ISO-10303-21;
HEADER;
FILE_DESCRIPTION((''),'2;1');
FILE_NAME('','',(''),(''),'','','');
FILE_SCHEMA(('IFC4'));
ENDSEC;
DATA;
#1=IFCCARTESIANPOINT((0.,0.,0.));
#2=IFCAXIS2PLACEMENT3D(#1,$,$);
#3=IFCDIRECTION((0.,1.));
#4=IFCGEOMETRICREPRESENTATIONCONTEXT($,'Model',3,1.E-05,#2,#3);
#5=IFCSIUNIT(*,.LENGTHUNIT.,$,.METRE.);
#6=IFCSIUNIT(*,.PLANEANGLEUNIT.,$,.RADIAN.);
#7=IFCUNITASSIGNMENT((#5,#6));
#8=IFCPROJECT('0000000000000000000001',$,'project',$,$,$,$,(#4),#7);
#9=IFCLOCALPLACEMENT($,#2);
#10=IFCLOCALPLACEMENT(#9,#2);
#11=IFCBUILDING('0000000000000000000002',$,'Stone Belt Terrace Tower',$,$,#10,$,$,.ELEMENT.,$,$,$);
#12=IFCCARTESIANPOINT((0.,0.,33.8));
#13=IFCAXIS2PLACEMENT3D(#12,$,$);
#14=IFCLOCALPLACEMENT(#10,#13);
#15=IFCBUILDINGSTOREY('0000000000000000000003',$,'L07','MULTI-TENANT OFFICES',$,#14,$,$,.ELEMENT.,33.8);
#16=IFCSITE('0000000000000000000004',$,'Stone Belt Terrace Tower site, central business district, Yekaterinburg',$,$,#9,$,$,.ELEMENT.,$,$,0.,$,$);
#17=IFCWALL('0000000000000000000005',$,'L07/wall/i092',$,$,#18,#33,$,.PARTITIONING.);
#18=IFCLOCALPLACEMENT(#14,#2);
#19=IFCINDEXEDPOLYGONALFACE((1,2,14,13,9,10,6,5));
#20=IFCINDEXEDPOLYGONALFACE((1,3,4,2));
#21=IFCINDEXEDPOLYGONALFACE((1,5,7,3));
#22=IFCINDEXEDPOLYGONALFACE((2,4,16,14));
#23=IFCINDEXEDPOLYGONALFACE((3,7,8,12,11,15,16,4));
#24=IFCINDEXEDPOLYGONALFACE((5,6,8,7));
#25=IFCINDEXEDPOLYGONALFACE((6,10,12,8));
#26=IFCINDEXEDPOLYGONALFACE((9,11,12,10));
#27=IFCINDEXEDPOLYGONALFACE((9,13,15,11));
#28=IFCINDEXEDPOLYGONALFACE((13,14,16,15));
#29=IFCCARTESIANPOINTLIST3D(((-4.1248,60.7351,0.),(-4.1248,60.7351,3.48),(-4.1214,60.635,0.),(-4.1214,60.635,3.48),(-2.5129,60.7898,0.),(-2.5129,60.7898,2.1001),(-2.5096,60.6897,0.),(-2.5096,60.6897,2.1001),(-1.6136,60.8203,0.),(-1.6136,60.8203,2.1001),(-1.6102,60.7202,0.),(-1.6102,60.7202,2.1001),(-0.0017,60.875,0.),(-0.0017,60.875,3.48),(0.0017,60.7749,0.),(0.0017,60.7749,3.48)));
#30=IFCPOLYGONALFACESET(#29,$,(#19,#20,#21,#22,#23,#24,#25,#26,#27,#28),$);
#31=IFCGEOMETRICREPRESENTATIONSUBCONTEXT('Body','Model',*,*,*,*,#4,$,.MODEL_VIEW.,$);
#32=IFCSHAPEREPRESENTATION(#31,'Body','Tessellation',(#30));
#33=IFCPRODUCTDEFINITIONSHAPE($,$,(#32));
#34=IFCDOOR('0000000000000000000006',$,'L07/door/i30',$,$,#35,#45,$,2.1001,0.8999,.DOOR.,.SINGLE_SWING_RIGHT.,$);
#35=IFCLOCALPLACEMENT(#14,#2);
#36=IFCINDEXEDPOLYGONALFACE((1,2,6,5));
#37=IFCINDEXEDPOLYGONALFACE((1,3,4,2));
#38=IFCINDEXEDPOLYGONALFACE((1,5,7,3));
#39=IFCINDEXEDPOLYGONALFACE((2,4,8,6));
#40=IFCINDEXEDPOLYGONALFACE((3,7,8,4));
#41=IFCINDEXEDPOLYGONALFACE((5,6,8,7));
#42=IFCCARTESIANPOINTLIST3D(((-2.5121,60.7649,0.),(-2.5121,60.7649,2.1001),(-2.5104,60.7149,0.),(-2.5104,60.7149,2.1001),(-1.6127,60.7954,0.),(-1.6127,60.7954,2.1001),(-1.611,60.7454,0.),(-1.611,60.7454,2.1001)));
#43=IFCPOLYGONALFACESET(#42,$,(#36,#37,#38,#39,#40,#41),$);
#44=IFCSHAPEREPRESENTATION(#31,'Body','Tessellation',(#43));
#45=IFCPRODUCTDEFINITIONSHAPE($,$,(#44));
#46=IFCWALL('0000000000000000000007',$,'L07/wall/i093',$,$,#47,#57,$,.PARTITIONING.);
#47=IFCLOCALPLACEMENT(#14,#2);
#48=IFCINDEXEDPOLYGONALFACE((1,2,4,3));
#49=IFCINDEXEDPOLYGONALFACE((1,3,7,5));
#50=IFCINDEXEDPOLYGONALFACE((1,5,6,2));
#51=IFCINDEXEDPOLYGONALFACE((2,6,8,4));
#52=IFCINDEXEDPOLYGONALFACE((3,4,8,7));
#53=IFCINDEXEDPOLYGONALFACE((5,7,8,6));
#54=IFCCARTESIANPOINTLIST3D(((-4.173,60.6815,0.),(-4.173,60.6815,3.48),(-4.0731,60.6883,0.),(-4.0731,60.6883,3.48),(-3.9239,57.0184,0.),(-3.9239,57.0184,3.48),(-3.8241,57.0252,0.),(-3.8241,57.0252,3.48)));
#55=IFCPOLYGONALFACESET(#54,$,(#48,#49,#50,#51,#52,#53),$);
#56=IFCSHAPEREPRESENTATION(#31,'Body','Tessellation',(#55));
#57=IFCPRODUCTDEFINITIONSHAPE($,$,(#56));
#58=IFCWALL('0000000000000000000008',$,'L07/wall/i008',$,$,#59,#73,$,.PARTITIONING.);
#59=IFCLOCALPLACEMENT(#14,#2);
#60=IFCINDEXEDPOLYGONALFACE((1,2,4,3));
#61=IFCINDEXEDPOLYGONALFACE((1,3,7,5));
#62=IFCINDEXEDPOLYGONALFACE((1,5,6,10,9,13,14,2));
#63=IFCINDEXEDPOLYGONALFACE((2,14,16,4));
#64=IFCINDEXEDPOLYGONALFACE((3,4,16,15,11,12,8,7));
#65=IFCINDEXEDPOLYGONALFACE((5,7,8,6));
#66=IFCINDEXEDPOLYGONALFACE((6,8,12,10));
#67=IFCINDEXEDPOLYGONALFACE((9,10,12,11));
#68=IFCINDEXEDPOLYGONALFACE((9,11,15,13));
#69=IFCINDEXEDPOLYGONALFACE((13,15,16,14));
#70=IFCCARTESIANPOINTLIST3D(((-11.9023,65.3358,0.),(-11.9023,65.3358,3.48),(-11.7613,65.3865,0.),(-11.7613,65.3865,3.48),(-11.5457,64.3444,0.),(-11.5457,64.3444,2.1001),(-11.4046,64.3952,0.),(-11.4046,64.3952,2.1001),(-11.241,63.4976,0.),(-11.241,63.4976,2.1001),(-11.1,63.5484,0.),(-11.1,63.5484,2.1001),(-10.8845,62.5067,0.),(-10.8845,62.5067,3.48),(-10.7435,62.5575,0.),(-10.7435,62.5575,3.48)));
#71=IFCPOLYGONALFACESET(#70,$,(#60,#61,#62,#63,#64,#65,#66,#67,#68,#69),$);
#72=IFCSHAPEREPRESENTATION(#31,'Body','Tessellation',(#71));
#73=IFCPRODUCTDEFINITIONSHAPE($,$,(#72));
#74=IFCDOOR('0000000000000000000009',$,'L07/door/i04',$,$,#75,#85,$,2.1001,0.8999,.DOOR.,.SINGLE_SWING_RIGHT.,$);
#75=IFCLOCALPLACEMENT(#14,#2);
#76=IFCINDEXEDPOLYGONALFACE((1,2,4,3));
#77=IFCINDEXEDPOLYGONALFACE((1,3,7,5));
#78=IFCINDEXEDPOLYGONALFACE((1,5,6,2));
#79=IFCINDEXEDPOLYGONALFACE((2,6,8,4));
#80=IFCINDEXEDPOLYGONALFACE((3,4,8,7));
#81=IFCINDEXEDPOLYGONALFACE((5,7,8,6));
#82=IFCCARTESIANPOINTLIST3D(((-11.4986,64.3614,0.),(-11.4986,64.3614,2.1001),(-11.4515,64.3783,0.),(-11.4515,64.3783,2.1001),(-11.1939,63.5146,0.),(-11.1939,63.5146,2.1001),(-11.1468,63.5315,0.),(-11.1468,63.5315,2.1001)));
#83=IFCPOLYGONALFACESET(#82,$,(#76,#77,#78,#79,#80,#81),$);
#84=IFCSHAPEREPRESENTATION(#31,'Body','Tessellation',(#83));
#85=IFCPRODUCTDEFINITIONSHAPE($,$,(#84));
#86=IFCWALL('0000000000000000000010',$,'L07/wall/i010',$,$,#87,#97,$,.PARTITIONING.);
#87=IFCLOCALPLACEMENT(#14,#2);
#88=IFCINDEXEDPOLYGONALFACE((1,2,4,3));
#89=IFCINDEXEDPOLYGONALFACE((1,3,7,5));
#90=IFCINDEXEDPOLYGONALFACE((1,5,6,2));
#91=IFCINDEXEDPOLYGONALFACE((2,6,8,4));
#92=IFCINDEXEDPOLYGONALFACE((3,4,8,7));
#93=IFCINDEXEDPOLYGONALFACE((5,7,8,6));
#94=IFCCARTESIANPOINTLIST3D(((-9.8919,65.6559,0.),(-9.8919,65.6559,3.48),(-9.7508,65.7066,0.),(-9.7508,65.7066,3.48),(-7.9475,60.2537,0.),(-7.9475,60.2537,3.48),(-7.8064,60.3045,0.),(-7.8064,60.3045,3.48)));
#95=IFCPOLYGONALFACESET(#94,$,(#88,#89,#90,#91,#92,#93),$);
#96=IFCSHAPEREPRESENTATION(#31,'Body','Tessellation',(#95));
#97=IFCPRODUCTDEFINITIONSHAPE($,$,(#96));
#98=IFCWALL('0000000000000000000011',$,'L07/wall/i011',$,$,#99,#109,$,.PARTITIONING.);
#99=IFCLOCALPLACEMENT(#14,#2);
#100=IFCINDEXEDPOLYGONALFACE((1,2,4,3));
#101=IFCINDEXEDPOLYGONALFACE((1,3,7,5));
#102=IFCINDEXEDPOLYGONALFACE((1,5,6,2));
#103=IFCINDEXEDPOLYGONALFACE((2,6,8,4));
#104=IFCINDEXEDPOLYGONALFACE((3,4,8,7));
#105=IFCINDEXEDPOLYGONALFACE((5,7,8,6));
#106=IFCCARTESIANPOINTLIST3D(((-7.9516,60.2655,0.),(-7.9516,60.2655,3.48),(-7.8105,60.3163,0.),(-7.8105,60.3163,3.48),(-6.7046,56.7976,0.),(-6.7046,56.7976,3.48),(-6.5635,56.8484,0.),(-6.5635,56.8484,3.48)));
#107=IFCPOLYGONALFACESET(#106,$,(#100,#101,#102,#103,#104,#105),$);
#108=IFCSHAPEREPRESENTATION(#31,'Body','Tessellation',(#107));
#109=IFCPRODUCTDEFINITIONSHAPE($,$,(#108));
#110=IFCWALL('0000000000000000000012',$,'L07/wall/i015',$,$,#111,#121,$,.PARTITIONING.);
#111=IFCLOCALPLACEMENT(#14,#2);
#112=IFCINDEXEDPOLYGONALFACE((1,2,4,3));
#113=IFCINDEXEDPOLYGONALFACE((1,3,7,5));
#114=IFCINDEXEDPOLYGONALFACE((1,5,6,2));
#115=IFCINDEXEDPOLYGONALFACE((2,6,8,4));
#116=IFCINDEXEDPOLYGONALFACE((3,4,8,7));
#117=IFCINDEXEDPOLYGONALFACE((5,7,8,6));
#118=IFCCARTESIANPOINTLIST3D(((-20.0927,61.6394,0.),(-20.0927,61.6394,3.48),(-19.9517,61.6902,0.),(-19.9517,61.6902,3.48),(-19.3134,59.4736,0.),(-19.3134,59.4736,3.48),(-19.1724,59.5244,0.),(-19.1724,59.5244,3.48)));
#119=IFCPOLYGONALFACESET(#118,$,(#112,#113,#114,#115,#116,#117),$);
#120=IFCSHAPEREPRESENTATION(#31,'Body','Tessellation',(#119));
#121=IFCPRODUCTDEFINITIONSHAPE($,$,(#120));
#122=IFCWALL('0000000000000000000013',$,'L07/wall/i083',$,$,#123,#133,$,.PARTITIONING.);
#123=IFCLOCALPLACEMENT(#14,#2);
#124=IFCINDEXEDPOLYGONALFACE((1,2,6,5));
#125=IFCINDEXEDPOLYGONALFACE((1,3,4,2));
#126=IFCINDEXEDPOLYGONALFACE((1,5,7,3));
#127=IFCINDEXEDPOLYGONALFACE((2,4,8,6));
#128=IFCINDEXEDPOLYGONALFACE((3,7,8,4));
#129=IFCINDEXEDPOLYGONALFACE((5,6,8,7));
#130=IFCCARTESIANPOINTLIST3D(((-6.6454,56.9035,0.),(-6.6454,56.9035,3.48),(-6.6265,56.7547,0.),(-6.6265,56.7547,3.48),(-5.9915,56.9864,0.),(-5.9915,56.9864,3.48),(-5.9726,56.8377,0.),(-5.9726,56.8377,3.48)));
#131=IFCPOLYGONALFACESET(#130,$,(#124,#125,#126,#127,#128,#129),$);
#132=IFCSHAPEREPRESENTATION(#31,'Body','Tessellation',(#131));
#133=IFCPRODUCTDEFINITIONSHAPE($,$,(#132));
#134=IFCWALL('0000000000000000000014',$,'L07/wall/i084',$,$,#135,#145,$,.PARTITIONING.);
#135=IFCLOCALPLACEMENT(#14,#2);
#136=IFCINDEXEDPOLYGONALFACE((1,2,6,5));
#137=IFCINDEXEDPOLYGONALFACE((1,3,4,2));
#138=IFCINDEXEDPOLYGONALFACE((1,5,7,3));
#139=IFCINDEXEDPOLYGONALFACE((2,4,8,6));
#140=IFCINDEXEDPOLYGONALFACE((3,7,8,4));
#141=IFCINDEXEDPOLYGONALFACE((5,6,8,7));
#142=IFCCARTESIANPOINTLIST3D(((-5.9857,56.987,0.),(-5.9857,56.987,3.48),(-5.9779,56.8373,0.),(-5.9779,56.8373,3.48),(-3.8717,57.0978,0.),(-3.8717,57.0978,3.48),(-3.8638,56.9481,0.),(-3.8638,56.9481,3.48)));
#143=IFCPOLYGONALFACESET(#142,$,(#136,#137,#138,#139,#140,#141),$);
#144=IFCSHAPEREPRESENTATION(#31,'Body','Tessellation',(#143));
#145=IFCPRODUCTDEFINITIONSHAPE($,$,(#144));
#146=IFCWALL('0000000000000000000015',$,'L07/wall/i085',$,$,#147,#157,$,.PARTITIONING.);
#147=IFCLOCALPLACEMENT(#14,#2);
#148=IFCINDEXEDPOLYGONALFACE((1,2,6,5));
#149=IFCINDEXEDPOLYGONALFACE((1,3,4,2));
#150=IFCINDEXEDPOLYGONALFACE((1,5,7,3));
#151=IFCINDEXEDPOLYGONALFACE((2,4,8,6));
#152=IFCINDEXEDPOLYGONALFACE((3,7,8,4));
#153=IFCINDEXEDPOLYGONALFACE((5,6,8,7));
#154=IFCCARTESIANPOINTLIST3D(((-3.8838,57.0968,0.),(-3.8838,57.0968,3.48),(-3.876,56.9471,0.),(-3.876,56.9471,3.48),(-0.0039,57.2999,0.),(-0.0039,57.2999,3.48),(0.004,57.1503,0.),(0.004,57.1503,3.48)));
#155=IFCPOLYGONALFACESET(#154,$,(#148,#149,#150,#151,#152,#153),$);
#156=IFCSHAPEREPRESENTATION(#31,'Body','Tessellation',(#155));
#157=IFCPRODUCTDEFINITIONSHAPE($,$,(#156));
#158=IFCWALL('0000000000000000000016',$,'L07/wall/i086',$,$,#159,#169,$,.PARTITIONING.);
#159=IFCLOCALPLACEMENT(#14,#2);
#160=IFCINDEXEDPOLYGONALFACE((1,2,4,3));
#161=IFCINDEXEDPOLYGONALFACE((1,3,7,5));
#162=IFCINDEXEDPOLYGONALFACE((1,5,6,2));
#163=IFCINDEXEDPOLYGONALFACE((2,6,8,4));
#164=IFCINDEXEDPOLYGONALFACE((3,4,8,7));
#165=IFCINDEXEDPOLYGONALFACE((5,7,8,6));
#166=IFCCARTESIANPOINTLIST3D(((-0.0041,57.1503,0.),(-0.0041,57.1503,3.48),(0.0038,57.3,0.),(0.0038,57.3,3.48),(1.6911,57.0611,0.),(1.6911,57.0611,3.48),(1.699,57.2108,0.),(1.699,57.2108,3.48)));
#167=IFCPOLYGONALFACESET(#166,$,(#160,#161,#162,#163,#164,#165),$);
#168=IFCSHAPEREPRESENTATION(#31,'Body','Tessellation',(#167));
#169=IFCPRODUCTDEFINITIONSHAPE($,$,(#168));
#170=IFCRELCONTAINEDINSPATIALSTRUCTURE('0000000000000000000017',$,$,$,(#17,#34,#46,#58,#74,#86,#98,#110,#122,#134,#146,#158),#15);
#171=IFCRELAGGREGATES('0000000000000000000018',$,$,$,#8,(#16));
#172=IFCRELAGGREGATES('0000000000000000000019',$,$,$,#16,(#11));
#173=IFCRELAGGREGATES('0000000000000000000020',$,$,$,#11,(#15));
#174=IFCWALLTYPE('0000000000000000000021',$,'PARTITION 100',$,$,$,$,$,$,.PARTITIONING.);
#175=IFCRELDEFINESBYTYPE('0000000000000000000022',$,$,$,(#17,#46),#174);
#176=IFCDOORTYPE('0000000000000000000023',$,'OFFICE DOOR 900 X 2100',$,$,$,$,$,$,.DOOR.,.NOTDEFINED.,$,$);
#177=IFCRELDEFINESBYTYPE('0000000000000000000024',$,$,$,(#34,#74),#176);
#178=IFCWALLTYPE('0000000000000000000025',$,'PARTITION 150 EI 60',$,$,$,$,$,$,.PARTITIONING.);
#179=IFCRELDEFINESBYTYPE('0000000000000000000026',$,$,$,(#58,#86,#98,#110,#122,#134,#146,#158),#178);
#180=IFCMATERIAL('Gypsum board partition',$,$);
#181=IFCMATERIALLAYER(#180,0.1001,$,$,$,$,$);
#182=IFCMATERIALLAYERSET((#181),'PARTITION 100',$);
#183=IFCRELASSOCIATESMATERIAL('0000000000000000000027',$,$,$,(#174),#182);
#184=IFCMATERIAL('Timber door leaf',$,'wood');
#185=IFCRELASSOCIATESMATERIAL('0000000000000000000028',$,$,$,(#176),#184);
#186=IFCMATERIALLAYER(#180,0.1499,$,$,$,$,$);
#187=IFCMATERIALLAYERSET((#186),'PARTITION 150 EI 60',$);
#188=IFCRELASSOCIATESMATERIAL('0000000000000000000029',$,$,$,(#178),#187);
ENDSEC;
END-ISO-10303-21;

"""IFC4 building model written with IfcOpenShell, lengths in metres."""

from ifc_helpers import new_model, si_unit, direction, frame, frame_2d, origin, place, context, subcontext, project, spatial, rectangle, extrude, material, layer, layer_set, type_object, element, fill, save


model = new_model("IFC4")

# Units and contexts
model_context = context("Model", 3, precision=1e-05, world=origin(), true_north=direction((0.0, 1.0)))
body_context = subcontext(model_context, "Body", "Model", "MODEL_VIEW")
ifc_project = project(units=[si_unit("LENGTHUNIT", "METRE"), si_unit("PLANEANGLEUNIT", "RADIAN")], contexts=[model_context])

# Site, building, storey
site_placement = place(None, origin())
site = spatial("IfcSite", under=ifc_project, at=site_placement, Name="Stone Belt Terrace Tower site, central business district, Yekaterinburg", CompositionType="ELEMENT", RefElevation=0.0)
building_placement = place(site_placement, origin())
building = spatial("IfcBuilding", under=site, at=building_placement, Name="Stone Belt Terrace Tower", CompositionType="ELEMENT")
storey_placement = place(building_placement, frame((0.0, 0.0, 33.8)))
storey = spatial("IfcBuildingStorey", under=building, at=storey_placement, Name="L07", Description="MULTI-TENANT OFFICES", CompositionType="ELEMENT", Elevation=33.8)

# Shared definitions
ifc_material_1 = material(Name="Gypsum board partition")
ifc_layer_1 = layer(ifc_material_1, 0.1001)
ifc_layer_set_1 = layer_set([ifc_layer_1], Name="PARTITION 100")
wall_type_1 = type_object("IfcWallType", Name="PARTITION 100", PredefinedType="PARTITIONING", material=ifc_layer_set_1)
ifc_material_2 = material(Name="Timber door leaf", Category="wood")
door_type = type_object("IfcDoorType", Name="OFFICE DOOR 900 X 2100", OperationType="NOTDEFINED", PredefinedType="DOOR", material=ifc_material_2)

# Wall, opening, door
wall_1_placement = place(storey_placement, frame((0.0, 60.825, 0.0), z_axis=(0.0, 0.0, 1.0), x_axis=(-0.999425, -0.03391, 0.0)))
wall_1 = element("IfcWall", 1, at=wall_1_placement, inside=storey, type_object=wall_type_1, Name="L07/wall/i092", PredefinedType="PARTITIONING", context=body_context, shape_type="SweptSolid", body=[
    extrude(rectangle(XDim=4.1255, YDim=0.1001, at=frame_2d((2.0627, 0.0))), origin(), (0.0, 0.0, 1.0), 3.48),
])
opening_1_placement = place(wall_1_placement, frame((1.6128, 0.0, 0.0)))
opening_1 = element("IfcOpeningElement", 2, at=opening_1_placement, cuts=wall_1, PredefinedType="OPENING", context=body_context, shape_type="SweptSolid", body=[
    extrude(rectangle(XDim=0.8999, YDim=2.1001, at=frame_2d((0.45, 1.05))), frame((0.0, 0.0601, 0.0), z_axis=(0.0, -1.0, 0.0), x_axis=(1.0, 0.0, 0.0)), (0.0, 0.0, 1.0), 0.1201),
])
door_1_placement = place(opening_1_placement, origin())
door_1 = element("IfcDoor", 3, at=door_1_placement, inside=storey, type_object=door_type, Name="L07/door/i30", OperationType="SINGLE_SWING_RIGHT", OverallHeight=2.1001, OverallWidth=0.8999, PredefinedType="DOOR", context=body_context, shape_type="SweptSolid", body=[
    extrude(rectangle(XDim=0.8999, YDim=2.1001, at=frame_2d((0.45, 1.05))), frame((0.0, 0.0249, 0.0), z_axis=(0.0, -1.0, 0.0), x_axis=(1.0, 0.0, 0.0)), (0.0, 0.0, 1.0), 0.05),
])
fill(opening_1, door_1)

# Wall
wall_2_placement = place(storey_placement, frame((-4.123, 60.6851, 0.0), z_axis=(0.0, 0.0, 1.0), x_axis=(0.067825, -0.997697, 0.0)))
element("IfcWall", 4, at=wall_2_placement, inside=storey, type_object=wall_type_1, Name="L07/wall/i093", PredefinedType="PARTITIONING", context=body_context, shape_type="SweptSolid", body=[
    extrude(rectangle(XDim=3.6716, YDim=0.1001, at=frame_2d((1.8359, 0.0))), origin(), (0.0, 0.0, 1.0), 3.48),
])

# Wall, opening, door
ifc_layer_2 = layer(ifc_material_1, 0.1499)
ifc_layer_set_2 = layer_set([ifc_layer_2], Name="PARTITION 150 EI 60")
wall_type_2 = type_object("IfcWallType", Name="PARTITION 150 EI 60", PredefinedType="PARTITIONING", material=ifc_layer_set_2)
wall_3_placement = place(storey_placement, frame((-10.814, 62.532, 0.0), z_axis=(0.0, 0.0, 1.0), x_axis=(-0.338527, 0.940957, 0.0)))
wall_3 = element("IfcWall", 5, at=wall_3_placement, inside=storey, type_object=wall_type_2, Name="L07/wall/i008", PredefinedType="PARTITIONING", context=body_context, shape_type="SweptSolid", body=[
    extrude(rectangle(XDim=3.0066, YDim=0.1499, at=frame_2d((1.5034, 0.0))), origin(), (0.0, 0.0, 1.0), 3.48),
])
opening_2_placement = place(wall_3_placement, frame((1.0532, 0.0, 0.0)))
opening_2 = element("IfcOpeningElement", 6, at=opening_2_placement, cuts=wall_3, PredefinedType="OPENING", context=body_context, shape_type="SweptSolid", body=[
    extrude(rectangle(XDim=0.8999, YDim=2.1001, at=frame_2d((0.45, 1.05))), frame((0.0, 0.085, 0.0), z_axis=(0.0, -1.0, 0.0), x_axis=(1.0, 0.0, 0.0)), (0.0, 0.0, 1.0), 0.1699),
])
door_2_placement = place(opening_2_placement, origin())
door_2 = element("IfcDoor", 7, at=door_2_placement, inside=storey, type_object=door_type, Name="L07/door/i04", OperationType="SINGLE_SWING_RIGHT", OverallHeight=2.1001, OverallWidth=0.8999, PredefinedType="DOOR", context=body_context, shape_type="SweptSolid", body=[
    extrude(rectangle(XDim=0.8999, YDim=2.1001, at=frame_2d((0.45, 1.05))), frame((0.0, 0.0249, 0.0), z_axis=(0.0, -1.0, 0.0), x_axis=(1.0, 0.0, 0.0)), (0.0, 0.0, 1.0), 0.05),
])
fill(opening_2, door_2)

# Walls
wall_4_placement = place(storey_placement, frame((-9.8213, 65.6812, 0.0), z_axis=(0.0, 0.0, 1.0), x_axis=(0.338655, -0.940911, 0.0)))
element("IfcWall", 8, at=wall_4_placement, inside=storey, type_object=wall_type_2, Name="L07/wall/i010", PredefinedType="PARTITIONING", context=body_context, shape_type="SweptSolid", body=[
    extrude(rectangle(XDim=5.7415, YDim=0.1499, at=frame_2d((2.8706, 0.0))), origin(), (0.0, 0.0, 1.0), 3.48),
])
wall_5_placement = place(storey_placement, frame((-7.8811, 60.291, 0.0), z_axis=(0.0, 0.0, 1.0), x_axis=(0.338379, -0.94101, 0.0)))
element("IfcWall", 9, at=wall_5_placement, inside=storey, type_object=wall_type_2, Name="L07/wall/i011", PredefinedType="PARTITIONING", context=body_context, shape_type="SweptSolid", body=[
    extrude(rectangle(XDim=3.6853, YDim=0.1499, at=frame_2d((1.8428, 0.0))), origin(), (0.0, 0.0, 1.0), 3.48),
])
wall_6_placement = place(storey_placement, frame((-20.0222, 61.6648, 0.0), z_axis=(0.0, 0.0, 1.0), x_axis=(0.338573, -0.94094, 0.0)))
element("IfcWall", 10, at=wall_6_placement, inside=storey, type_object=wall_type_2, Name="L07/wall/i015", PredefinedType="PARTITIONING", context=body_context, shape_type="SweptSolid", body=[
    extrude(rectangle(XDim=2.3018, YDim=0.1499, at=frame_2d((1.1509, 0.0))), origin(), (0.0, 0.0, 1.0), 3.48),
])
wall_7_placement = place(storey_placement, frame((-6.636, 56.8291, 0.0), z_axis=(0.0, 0.0, 1.0), x_axis=(0.992043, 0.125903, 0.0)))
element("IfcWall", 11, at=wall_7_placement, inside=storey, type_object=wall_type_2, Name="L07/wall/i083", PredefinedType="PARTITIONING", context=body_context, shape_type="SweptSolid", body=[
    extrude(rectangle(XDim=0.6592, YDim=0.1499, at=frame_2d((0.3296, 0.0))), origin(), (0.0, 0.0, 1.0), 3.48),
])
wall_8_placement = place(storey_placement, frame((-5.9819, 56.9121, 0.0), z_axis=(0.0, 0.0, 1.0), x_axis=(0.998628, 0.052359, 0.0)))
element("IfcWall", 12, at=wall_8_placement, inside=storey, type_object=wall_type_2, Name="L07/wall/i084", PredefinedType="PARTITIONING", context=body_context, shape_type="SweptSolid", body=[
    extrude(rectangle(XDim=2.1169, YDim=0.1499, at=frame_2d((1.0586, 0.0))), origin(), (0.0, 0.0, 1.0), 3.48),
])
wall_9_placement = place(storey_placement, frame((-3.8799, 57.022, 0.0), z_axis=(0.0, 0.0, 1.0), x_axis=(0.998632, 0.052282, 0.0)))
element("IfcWall", 13, at=wall_9_placement, inside=storey, type_object=wall_type_2, Name="L07/wall/i085", PredefinedType="PARTITIONING", context=body_context, shape_type="SweptSolid", body=[
    extrude(rectangle(XDim=3.8853, YDim=0.1499, at=frame_2d((1.9426, 0.0))), origin(), (0.0, 0.0, 1.0), 3.48),
])
wall_10_placement = place(storey_placement, frame((0.0, 57.2251, 0.0), z_axis=(0.0, 0.0, 1.0), x_axis=(0.998621, -0.052498, 0.0)))
element("IfcWall", 14, at=wall_10_placement, inside=storey, type_object=wall_type_2, Name="L07/wall/i086", PredefinedType="PARTITIONING", context=body_context, shape_type="SweptSolid", body=[
    extrude(rectangle(XDim=1.6975, YDim=0.1499, at=frame_2d((0.8486, 0.0))), origin(), (0.0, 0.0, 1.0), 3.48),
])

save(model, "model.ifc")
